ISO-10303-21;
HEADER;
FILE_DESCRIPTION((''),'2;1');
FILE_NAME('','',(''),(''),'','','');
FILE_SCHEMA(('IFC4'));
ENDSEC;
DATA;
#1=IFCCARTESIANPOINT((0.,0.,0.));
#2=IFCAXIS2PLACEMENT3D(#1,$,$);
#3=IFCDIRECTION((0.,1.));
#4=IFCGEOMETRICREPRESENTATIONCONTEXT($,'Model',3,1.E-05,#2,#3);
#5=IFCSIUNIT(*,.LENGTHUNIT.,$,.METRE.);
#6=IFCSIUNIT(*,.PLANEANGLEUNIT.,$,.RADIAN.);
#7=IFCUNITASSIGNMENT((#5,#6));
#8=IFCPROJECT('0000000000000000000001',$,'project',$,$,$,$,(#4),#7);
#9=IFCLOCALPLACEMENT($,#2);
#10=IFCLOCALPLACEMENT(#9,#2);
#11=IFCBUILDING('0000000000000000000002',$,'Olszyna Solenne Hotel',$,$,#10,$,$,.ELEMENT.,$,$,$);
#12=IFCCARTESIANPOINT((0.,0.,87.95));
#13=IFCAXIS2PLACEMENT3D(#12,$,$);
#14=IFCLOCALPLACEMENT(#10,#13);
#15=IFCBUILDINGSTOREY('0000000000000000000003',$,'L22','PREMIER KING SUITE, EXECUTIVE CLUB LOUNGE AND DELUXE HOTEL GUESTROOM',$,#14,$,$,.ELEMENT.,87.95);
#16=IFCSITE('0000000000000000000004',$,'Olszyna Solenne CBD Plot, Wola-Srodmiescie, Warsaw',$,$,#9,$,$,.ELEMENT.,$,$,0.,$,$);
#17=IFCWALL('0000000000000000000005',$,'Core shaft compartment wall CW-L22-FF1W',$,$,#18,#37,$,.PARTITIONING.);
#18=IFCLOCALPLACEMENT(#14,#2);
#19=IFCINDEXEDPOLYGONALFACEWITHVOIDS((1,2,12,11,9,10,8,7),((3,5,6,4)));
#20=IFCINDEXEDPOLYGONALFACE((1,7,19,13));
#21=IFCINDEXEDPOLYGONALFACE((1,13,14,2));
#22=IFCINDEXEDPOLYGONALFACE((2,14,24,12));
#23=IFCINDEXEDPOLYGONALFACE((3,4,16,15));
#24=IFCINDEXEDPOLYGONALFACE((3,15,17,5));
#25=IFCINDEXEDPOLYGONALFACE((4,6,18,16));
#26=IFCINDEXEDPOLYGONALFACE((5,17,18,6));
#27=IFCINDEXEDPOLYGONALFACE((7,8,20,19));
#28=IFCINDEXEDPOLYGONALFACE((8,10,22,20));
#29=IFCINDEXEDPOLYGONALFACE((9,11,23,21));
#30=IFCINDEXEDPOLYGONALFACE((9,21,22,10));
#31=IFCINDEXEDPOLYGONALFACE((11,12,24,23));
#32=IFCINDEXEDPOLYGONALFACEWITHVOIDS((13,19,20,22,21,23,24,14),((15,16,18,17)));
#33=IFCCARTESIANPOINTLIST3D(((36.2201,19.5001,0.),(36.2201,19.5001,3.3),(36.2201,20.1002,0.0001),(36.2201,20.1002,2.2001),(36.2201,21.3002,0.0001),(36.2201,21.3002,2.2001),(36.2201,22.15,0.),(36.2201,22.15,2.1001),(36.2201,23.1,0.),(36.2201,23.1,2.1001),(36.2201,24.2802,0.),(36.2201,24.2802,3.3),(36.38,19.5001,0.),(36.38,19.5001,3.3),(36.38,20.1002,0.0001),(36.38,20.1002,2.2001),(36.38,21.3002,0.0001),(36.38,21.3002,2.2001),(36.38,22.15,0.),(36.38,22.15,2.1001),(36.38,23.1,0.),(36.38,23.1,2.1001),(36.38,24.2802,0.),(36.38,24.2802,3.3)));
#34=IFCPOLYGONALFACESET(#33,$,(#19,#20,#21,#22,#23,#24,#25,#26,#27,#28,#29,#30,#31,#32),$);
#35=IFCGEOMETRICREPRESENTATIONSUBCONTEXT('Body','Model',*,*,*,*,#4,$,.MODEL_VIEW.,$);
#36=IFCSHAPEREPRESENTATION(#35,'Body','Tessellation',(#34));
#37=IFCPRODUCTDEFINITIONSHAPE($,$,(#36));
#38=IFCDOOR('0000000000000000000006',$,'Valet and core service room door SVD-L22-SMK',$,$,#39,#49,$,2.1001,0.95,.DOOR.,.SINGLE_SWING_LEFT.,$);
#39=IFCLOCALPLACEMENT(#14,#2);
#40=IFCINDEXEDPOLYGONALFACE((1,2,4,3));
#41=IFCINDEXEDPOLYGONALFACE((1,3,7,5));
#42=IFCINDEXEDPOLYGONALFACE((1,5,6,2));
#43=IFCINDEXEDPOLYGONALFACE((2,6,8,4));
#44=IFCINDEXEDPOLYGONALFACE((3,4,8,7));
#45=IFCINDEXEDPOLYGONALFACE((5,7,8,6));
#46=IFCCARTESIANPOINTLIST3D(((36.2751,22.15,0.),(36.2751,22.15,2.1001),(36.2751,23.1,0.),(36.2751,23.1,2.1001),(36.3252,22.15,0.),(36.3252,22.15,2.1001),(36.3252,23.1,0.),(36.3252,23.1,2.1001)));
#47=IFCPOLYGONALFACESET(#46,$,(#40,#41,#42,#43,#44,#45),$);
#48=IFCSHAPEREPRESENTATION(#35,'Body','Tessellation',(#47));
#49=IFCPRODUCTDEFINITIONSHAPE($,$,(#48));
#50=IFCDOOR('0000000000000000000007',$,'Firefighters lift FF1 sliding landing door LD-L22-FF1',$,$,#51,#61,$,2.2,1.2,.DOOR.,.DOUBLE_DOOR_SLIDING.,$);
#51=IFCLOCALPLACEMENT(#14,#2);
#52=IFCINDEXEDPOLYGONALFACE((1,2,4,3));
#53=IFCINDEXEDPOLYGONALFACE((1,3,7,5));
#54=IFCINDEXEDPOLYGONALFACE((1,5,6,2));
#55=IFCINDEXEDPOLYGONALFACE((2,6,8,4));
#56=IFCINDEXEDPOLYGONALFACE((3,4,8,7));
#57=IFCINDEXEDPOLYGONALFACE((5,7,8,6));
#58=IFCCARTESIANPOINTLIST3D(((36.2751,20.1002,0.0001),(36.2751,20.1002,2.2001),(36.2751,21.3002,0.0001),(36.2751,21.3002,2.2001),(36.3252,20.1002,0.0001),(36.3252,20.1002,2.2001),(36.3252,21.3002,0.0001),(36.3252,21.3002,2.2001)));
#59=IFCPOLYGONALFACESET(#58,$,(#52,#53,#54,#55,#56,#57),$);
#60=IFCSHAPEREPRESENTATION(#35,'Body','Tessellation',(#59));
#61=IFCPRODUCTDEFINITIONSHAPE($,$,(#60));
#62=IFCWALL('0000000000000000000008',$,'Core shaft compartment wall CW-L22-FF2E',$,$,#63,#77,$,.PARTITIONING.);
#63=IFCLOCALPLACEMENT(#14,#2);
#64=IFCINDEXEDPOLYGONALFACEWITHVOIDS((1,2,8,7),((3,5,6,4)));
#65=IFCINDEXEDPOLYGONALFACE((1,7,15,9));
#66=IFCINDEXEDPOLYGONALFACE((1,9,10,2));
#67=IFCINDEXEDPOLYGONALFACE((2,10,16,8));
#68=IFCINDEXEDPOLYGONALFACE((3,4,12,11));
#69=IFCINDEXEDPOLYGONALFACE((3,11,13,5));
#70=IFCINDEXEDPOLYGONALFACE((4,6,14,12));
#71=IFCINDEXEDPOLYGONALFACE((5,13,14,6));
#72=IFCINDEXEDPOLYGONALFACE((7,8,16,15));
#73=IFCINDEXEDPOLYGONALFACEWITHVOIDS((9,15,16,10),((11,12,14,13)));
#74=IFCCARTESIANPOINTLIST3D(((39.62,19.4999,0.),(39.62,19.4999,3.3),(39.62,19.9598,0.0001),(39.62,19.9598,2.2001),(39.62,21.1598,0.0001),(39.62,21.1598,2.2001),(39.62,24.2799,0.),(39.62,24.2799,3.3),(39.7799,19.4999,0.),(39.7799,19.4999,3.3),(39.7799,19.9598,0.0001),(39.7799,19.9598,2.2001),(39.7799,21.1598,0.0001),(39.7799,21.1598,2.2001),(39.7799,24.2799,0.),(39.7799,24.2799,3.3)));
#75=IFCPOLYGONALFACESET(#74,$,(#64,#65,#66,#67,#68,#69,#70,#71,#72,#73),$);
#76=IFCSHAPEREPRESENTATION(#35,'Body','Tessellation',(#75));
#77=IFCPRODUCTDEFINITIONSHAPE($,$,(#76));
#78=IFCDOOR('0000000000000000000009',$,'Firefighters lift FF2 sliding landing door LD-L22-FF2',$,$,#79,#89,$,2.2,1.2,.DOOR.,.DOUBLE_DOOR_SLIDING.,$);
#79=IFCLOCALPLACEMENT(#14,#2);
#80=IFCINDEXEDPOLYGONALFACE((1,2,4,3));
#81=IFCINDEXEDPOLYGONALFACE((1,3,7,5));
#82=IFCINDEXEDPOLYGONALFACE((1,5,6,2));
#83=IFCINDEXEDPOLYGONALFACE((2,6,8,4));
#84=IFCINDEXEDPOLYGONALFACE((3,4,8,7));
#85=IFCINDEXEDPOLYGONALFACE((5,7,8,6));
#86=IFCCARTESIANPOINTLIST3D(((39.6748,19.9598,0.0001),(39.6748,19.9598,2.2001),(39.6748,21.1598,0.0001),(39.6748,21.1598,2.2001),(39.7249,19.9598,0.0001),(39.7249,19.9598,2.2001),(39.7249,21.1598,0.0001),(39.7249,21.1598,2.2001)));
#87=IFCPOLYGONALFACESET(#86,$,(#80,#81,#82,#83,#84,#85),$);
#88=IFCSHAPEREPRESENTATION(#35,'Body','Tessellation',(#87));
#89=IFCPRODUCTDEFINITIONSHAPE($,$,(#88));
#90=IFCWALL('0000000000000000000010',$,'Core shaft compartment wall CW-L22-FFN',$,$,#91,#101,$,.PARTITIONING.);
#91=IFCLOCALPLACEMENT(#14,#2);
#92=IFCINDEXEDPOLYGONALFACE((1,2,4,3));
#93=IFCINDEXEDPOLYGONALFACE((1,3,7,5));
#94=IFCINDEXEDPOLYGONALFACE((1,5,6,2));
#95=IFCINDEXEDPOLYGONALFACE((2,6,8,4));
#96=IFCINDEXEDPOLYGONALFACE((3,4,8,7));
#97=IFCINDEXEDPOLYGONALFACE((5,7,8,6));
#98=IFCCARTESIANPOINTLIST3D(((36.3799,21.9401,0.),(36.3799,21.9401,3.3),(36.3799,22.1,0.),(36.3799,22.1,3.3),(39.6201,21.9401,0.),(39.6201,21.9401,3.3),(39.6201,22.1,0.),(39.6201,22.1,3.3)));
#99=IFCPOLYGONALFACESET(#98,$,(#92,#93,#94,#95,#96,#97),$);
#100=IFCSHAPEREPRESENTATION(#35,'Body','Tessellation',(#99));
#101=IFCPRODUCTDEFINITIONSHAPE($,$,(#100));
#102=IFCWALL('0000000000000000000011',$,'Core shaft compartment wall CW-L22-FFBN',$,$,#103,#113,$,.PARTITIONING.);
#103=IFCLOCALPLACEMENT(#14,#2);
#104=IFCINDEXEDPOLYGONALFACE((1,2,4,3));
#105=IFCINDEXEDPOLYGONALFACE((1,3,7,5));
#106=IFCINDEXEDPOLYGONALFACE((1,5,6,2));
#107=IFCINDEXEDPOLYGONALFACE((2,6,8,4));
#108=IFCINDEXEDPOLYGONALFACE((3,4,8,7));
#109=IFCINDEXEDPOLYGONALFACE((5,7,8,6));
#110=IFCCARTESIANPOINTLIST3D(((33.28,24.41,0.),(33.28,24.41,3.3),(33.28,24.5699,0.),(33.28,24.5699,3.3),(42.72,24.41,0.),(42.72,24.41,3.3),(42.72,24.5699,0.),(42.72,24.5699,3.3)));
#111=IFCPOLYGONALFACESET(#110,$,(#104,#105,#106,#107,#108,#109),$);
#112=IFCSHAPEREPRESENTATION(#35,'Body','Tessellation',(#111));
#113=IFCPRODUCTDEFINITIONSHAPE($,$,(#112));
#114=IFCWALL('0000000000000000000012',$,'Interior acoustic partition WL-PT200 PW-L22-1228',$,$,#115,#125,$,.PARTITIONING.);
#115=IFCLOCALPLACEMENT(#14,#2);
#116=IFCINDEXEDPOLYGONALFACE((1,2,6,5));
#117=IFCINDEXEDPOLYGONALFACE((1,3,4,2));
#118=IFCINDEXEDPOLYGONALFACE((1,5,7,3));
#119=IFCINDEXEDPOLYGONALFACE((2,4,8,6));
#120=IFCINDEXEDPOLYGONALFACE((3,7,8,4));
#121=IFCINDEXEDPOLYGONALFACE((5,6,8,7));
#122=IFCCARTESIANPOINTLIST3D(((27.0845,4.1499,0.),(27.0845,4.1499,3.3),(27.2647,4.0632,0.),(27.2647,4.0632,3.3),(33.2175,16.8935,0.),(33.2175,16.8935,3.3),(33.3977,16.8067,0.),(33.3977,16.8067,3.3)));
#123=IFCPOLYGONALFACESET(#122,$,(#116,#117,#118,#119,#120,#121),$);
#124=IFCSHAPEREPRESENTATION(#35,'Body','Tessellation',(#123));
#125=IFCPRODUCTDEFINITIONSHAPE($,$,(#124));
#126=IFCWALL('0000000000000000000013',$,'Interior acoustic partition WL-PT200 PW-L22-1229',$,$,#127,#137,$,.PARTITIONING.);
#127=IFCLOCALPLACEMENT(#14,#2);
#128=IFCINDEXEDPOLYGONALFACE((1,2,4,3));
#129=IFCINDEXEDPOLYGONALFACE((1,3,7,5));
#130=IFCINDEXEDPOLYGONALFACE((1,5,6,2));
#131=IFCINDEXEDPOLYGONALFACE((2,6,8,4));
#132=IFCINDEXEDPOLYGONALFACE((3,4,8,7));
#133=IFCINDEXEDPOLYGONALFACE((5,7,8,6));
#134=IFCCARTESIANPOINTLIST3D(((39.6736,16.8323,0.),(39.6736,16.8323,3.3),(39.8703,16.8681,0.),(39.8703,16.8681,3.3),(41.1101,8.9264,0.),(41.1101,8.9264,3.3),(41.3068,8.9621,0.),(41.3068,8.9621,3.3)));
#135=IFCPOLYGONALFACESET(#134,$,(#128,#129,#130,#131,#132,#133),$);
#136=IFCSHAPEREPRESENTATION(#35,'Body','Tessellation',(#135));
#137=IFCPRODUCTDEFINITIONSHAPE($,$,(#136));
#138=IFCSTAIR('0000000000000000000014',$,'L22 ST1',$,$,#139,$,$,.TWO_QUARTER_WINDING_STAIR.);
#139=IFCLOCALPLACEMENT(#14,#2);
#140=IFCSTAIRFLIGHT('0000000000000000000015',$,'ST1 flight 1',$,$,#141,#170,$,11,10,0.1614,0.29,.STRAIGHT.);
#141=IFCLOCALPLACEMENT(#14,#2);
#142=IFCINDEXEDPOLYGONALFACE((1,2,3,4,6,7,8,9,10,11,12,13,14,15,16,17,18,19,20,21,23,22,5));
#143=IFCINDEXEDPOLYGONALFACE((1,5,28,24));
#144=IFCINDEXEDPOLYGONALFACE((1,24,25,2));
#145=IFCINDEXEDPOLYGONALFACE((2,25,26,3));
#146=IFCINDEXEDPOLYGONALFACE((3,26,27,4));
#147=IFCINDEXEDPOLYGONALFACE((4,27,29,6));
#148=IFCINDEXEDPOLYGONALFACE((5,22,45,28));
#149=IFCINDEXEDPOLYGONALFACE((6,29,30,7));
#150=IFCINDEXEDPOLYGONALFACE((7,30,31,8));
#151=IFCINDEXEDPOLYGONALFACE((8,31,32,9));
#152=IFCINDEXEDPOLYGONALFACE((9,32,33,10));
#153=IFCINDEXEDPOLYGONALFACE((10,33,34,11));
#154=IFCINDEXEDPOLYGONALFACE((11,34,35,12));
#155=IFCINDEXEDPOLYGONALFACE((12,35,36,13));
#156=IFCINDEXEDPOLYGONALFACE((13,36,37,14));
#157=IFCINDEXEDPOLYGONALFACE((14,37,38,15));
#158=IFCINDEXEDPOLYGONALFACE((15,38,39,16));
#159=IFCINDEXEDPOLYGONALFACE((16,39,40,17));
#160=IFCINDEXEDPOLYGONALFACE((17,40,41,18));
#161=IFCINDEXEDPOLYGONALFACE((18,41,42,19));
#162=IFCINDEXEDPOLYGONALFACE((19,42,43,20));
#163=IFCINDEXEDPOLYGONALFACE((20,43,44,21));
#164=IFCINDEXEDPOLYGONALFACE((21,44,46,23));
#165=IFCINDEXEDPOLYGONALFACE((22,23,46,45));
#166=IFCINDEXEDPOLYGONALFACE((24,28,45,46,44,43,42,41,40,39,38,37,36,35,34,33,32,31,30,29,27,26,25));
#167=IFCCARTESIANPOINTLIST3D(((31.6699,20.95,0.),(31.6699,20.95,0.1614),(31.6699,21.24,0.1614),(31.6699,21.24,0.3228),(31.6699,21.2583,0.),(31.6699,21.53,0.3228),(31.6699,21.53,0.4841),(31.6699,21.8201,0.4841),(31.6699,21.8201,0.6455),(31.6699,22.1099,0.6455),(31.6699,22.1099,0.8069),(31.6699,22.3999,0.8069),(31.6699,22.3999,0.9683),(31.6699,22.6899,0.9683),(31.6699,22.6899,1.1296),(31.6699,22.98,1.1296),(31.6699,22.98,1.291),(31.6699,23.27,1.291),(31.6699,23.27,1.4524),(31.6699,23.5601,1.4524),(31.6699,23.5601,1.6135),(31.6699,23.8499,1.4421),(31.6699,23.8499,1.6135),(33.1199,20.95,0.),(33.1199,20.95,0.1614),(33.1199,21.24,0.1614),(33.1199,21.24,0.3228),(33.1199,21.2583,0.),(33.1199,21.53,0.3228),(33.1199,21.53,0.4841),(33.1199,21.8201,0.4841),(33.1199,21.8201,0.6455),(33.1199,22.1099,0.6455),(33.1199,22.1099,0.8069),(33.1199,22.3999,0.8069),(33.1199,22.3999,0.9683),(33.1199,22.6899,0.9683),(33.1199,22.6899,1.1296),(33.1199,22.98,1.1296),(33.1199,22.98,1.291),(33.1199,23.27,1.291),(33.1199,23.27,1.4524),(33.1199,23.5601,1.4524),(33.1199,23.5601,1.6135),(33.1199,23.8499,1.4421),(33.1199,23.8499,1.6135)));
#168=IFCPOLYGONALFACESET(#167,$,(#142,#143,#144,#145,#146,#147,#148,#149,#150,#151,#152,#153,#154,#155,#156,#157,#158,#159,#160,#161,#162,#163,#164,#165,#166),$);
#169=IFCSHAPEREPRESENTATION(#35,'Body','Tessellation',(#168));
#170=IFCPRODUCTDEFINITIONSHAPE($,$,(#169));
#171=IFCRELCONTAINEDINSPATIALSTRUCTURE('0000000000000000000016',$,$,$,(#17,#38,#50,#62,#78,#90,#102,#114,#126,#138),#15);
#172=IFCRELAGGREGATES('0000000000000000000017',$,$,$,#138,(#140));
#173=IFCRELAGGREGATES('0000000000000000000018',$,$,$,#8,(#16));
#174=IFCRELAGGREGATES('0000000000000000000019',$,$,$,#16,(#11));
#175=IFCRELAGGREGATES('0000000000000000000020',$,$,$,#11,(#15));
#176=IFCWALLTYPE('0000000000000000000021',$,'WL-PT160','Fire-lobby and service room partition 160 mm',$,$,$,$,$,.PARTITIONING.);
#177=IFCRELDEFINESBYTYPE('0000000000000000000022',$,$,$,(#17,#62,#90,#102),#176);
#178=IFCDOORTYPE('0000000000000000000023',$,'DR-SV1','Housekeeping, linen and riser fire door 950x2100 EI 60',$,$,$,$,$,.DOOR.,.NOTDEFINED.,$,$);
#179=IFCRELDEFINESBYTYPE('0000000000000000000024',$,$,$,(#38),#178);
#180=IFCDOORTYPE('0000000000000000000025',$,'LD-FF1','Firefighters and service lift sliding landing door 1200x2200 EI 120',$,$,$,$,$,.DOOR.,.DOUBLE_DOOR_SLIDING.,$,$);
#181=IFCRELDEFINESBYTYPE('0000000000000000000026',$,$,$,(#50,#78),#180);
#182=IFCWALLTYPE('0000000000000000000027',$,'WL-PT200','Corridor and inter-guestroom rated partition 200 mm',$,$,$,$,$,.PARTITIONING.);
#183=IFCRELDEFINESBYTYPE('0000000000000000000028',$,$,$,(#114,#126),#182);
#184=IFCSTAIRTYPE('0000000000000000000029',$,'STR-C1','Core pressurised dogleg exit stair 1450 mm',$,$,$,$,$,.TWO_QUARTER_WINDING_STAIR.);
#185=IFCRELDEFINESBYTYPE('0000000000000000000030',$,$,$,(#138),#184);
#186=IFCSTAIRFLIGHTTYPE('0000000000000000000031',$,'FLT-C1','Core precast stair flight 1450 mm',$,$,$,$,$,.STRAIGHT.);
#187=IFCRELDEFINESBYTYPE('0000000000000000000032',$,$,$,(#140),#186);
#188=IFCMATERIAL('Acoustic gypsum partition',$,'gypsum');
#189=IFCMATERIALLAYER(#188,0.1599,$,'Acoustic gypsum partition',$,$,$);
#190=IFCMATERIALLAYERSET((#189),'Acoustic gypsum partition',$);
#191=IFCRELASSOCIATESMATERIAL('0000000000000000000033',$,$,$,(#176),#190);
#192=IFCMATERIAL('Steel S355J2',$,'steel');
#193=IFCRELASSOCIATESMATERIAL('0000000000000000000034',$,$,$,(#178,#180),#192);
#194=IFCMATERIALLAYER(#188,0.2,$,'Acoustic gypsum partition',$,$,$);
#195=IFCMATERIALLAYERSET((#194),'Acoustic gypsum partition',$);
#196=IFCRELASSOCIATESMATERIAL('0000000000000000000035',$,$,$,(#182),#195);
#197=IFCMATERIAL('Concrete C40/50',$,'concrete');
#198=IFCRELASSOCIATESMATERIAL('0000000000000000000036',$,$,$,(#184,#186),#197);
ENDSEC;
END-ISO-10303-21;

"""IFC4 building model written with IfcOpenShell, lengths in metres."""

from ifc_helpers import new_model, si_unit, direction, frame, frame_2d, origin, place, context, subcontext, project, spatial, polyline, rectangle, outline, extrude, source, transform, mapped, material, layer, layer_set, type_object, type_shapes, element, fill, aggregate, save


model = new_model("IFC4")

# Units and contexts
model_context = context("Model", 3, precision=1e-05, world=origin(), true_north=direction((0.0, 1.0)))
body_context = subcontext(model_context, "Body", "Model", "MODEL_VIEW")
ifc_project = project(units=[si_unit("LENGTHUNIT", "METRE"), si_unit("PLANEANGLEUNIT", "RADIAN")], contexts=[model_context])

# Site, building, storey
site_placement = place(None, origin())
site = spatial("IfcSite", under=ifc_project, at=site_placement, Name="Olszyna Solenne CBD Plot, Wola-Srodmiescie, Warsaw", CompositionType="ELEMENT", RefElevation=0.0)
building_placement = place(site_placement, origin())
building = spatial("IfcBuilding", under=site, at=building_placement, Name="Olszyna Solenne Hotel", CompositionType="ELEMENT")
storey_placement = place(building_placement, frame((0.0, 0.0, 87.95)))
storey = spatial("IfcBuildingStorey", under=building, at=storey_placement, Name="L22", Description="PREMIER KING SUITE, EXECUTIVE CLUB LOUNGE AND DELUXE HOTEL GUESTROOM", CompositionType="ELEMENT", Elevation=87.95)

# Shared definitions
ifc_material_1 = material(Name="Steel S355J2", Category="steel")

# Shared definitions
ifc_material_2 = material(Name="Acoustic gypsum partition", Category="gypsum")

# Shared definitions
ifc_layer_1 = layer(ifc_material_2, 0.1599, Name="Acoustic gypsum partition")
ifc_layer_set_1 = layer_set([ifc_layer_1], Name="Acoustic gypsum partition")
wall_type_1 = type_object("IfcWallType", Name="WL-PT160", Description="Fire-lobby and service room partition 160 mm", PredefinedType="PARTITIONING", material=ifc_layer_set_1)

# Wall, openings, doors
wall_1_placement = place(storey_placement, frame((36.3, 19.5, 0.0), z_axis=(0.0, 0.0, 1.0), x_axis=(0.0, 1.0, 0.0)))
wall_1 = element("IfcWall", 1, at=wall_1_placement, inside=storey, type_object=wall_type_1, Name="Core shaft compartment wall CW-L22-FF1W", PredefinedType="PARTITIONING", context=body_context, shape_type="SweptSolid", body=[
    extrude(rectangle(XDim=4.78, YDim=0.1599, at=frame_2d((2.3901, 0.0))), origin(), (0.0, 0.0, 1.0), 3.3),
])
opening_1_placement = place(wall_1_placement, frame((0.6001, 0.0, 0.0)))
opening_1 = element("IfcOpeningElement", 2, at=opening_1_placement, cuts=wall_1, PredefinedType="OPENING", context=body_context, shape_type="SweptSolid", body=[
    extrude(rectangle(XDim=1.2, YDim=2.2, at=frame_2d((0.6001, 1.1001))), frame((0.0, 0.0898, 0.0), z_axis=(0.0, -1.0, 0.0), x_axis=(1.0, 0.0, 0.0)), (0.0, 0.0, 1.0), 0.1799),
])
opening_2_placement = place(wall_1_placement, frame((2.6499, 0.0, 0.0)))
opening_2 = element("IfcOpeningElement", 3, at=opening_2_placement, cuts=wall_1, PredefinedType="OPENING", context=body_context, shape_type="SweptSolid", body=[
    extrude(rectangle(XDim=0.95, YDim=2.1001, at=frame_2d((0.4751, 1.05))), frame((0.0, 0.0898, 0.0), z_axis=(0.0, -1.0, 0.0), x_axis=(1.0, 0.0, 0.0)), (0.0, 0.0, 1.0), 0.1799),
])
door_type_1 = type_object("IfcDoorType", Name="DR-SV1", Description="Housekeeping, linen and riser fire door 950x2100 EI 60", OperationType="NOTDEFINED", PredefinedType="DOOR", material=ifc_material_1)
shared_shape_1 = source(origin(), body_context, "Body", "SweptSolid", [
    extrude(rectangle(XDim=0.95, YDim=2.1001, at=frame_2d((0.4751, 1.05))), frame((0.0, 0.0249, 0.0), z_axis=(0.0, -1.0, 0.0), x_axis=(1.0, 0.0, 0.0)), (0.0, 0.0, 1.0), 0.05),
])
type_shapes(door_type_1, [shared_shape_1])
door_1_placement = place(opening_2_placement, origin())
door_1 = element("IfcDoor", 4, at=door_1_placement, inside=storey, type_object=door_type_1, Name="Valet and core service room door SVD-L22-SMK", OperationType="SINGLE_SWING_LEFT", OverallHeight=2.1001, OverallWidth=0.95, PredefinedType="DOOR", context=body_context, shape_type="MappedRepresentation", body=[
    mapped(shared_shape_1, transform((0.0, 0.0, 0.0), x_axis=(1.0, 0.0, 0.0), y_axis=(0.0, 1.0, 0.0), z_axis=(0.0, 0.0, 1.0), scale=1.0)),
])
fill(opening_2, door_1)
door_type_2 = type_object("IfcDoorType", Name="LD-FF1", Description="Firefighters and service lift sliding landing door 1200x2200 EI 120", OperationType="DOUBLE_DOOR_SLIDING", PredefinedType="DOOR", material=ifc_material_1)
shared_shape_2 = source(origin(), body_context, "Body", "SweptSolid", [
    extrude(rectangle(XDim=1.2, YDim=2.2, at=frame_2d((0.6001, 1.1001))), frame((0.0, 0.0249, 0.0), z_axis=(0.0, -1.0, 0.0), x_axis=(1.0, 0.0, 0.0)), (0.0, 0.0, 1.0), 0.05),
])
type_shapes(door_type_2, [shared_shape_2])
door_2_placement = place(opening_1_placement, origin())
door_2 = element("IfcDoor", 5, at=door_2_placement, inside=storey, type_object=door_type_2, Name="Firefighters lift FF1 sliding landing door LD-L22-FF1", OperationType="DOUBLE_DOOR_SLIDING", OverallHeight=2.2, OverallWidth=1.2, PredefinedType="DOOR", context=body_context, shape_type="MappedRepresentation", body=[
    mapped(shared_shape_2, transform((0.0, 0.0, 0.0), x_axis=(1.0, 0.0, 0.0), y_axis=(0.0, 1.0, 0.0), z_axis=(0.0, 0.0, 1.0), scale=1.0)),
])
fill(opening_1, door_2)

# Wall, opening, door
wall_2_placement = place(storey_placement, frame((39.7, 24.28, 0.0), z_axis=(0.0, 0.0, 1.0), x_axis=(0.0, -1.0, 0.0)))
wall_2 = element("IfcWall", 6, at=wall_2_placement, inside=storey, type_object=wall_type_1, Name="Core shaft compartment wall CW-L22-FF2E", PredefinedType="PARTITIONING", context=body_context, shape_type="SweptSolid", body=[
    extrude(rectangle(XDim=4.78, YDim=0.1599, at=frame_2d((2.3901, 0.0))), origin(), (0.0, 0.0, 1.0), 3.3),
])
opening_3_placement = place(wall_2_placement, frame((3.1201, 0.0, 0.0)))
opening_3 = element("IfcOpeningElement", 7, at=opening_3_placement, cuts=wall_2, PredefinedType="OPENING", context=body_context, shape_type="SweptSolid", body=[
    extrude(rectangle(XDim=1.2, YDim=2.2, at=frame_2d((0.6001, 1.1001))), frame((0.0, 0.0898, 0.0), z_axis=(0.0, -1.0, 0.0), x_axis=(1.0, 0.0, 0.0)), (0.0, 0.0, 1.0), 0.1799),
])
door_3_placement = place(opening_3_placement, origin())
door_3 = element("IfcDoor", 8, at=door_3_placement, inside=storey, type_object=door_type_2, Name="Firefighters lift FF2 sliding landing door LD-L22-FF2", OperationType="DOUBLE_DOOR_SLIDING", OverallHeight=2.2, OverallWidth=1.2, PredefinedType="DOOR", context=body_context, shape_type="MappedRepresentation", body=[
    mapped(shared_shape_2, transform((0.0, 0.0, 0.0), x_axis=(1.0, 0.0, 0.0), y_axis=(0.0, 1.0, 0.0), z_axis=(0.0, 0.0, 1.0), scale=1.0)),
])
fill(opening_3, door_3)

# Walls
wall_3_placement = place(storey_placement, frame((36.3799, 22.02, 0.0), z_axis=(0.0, 0.0, 1.0), x_axis=(1.0, 0.0, 0.0)))
element("IfcWall", 9, at=wall_3_placement, inside=storey, type_object=wall_type_1, Name="Core shaft compartment wall CW-L22-FFN", PredefinedType="PARTITIONING", context=body_context, shape_type="SweptSolid", body=[
    extrude(rectangle(XDim=3.2402, YDim=0.1599, at=frame_2d((1.6201, 0.0))), origin(), (0.0, 0.0, 1.0), 3.3),
])
wall_4_placement = place(storey_placement, frame((33.28, 24.49, 0.0), z_axis=(0.0, 0.0, 1.0), x_axis=(1.0, 0.0, 0.0)))
element("IfcWall", 10, at=wall_4_placement, inside=storey, type_object=wall_type_1, Name="Core shaft compartment wall CW-L22-FFBN", PredefinedType="PARTITIONING", context=body_context, shape_type="SweptSolid", body=[
    extrude(rectangle(XDim=9.4399, YDim=0.1599, at=frame_2d((4.72, 0.0))), origin(), (0.0, 0.0, 1.0), 3.3),
])
ifc_layer_2 = layer(ifc_material_2, 0.2, Name="Acoustic gypsum partition")
ifc_layer_set_2 = layer_set([ifc_layer_2], Name="Acoustic gypsum partition")
wall_type_2 = type_object("IfcWallType", Name="WL-PT200", Description="Corridor and inter-guestroom rated partition 200 mm", PredefinedType="PARTITIONING", material=ifc_layer_set_2)
wall_5_placement = place(storey_placement, frame((33.3076, 16.8501, 0.0), z_axis=(0.0, 0.0, 1.0), x_axis=(-0.433656, -0.901078, 0.0)))
element("IfcWall", 11, at=wall_5_placement, inside=storey, type_object=wall_type_2, Name="Interior acoustic partition WL-PT200 PW-L22-1228", PredefinedType="PARTITIONING", context=body_context, shape_type="SweptSolid", body=[
    extrude(rectangle(XDim=14.1426, YDim=0.2, at=frame_2d((7.0713, 0.0))), origin(), (0.0, 0.0, 1.0), 3.3),
])
wall_6_placement = place(storey_placement, frame((39.772, 16.8501, 0.0), z_axis=(0.0, 0.0, 1.0), x_axis=(0.178773, -0.98389, 0.0)))
element("IfcWall", 12, at=wall_6_placement, inside=storey, type_object=wall_type_2, Name="Interior acoustic partition WL-PT200 PW-L22-1229", PredefinedType="PARTITIONING", context=body_context, shape_type="SweptSolid", body=[
    extrude(rectangle(XDim=8.0354, YDim=0.2, at=frame_2d((4.0176, 0.0))), origin(), (0.0, 0.0, 1.0), 3.3),
])

# Stair, stair flight
ifc_material_3 = material(Name="Concrete C40/50", Category="concrete")
stair_type = type_object("IfcStairType", Name="STR-C1", Description="Core pressurised dogleg exit stair 1450 mm", PredefinedType="TWO_QUARTER_WINDING_STAIR", material=ifc_material_3)
stair_placement = place(storey_placement, origin())
stair = element("IfcStair", 13, at=stair_placement, inside=storey, type_object=stair_type, Name="L22 ST1", PredefinedType="TWO_QUARTER_WINDING_STAIR")
stair_flight_type = type_object("IfcStairFlightType", Name="FLT-C1", Description="Core precast stair flight 1450 mm", PredefinedType="STRAIGHT", material=ifc_material_3)
stair_flight_placement = place(storey_placement, frame((32.395, 20.95, 0.0), z_axis=(0.0, 0.0, 1.0), x_axis=(0.0, 1.0, 0.0)))
stair_flight = element("IfcStairFlight", 14, at=stair_flight_placement, type_object=stair_flight_type, Name="ST1 flight 1", NumberOfRisers=11, NumberOfTreads=10, PredefinedType="STRAIGHT", RiserHeight=0.1614, TreadLength=0.29, context=body_context, shape_type="SweptSolid", body=[
    extrude(outline(polyline([(0.0, 0.0), (0.0, 0.1614), (0.29, 0.1614), (0.29, 0.3228), (0.5801, 0.3228), (0.5801, 0.4841), (0.8701, 0.4841), (0.8701, 0.6455), (1.1599, 0.6455), (1.1599, 0.8069), (1.45, 0.8069), (1.45, 0.9683), (1.74, 0.9683), (1.74, 1.1296), (2.03, 1.1296), (2.03, 1.291), (2.3201, 1.291), (2.3201, 1.4524), (2.6101, 1.4524), (2.6101, 1.6135), (2.8999, 1.6135), (2.8999, 1.7749), (2.8999, 1.4421), (0.3083, 0.0), (0.0, 0.0)])), frame((0.0, 0.7251, 0.0), z_axis=(0.0, -1.0, 0.0), x_axis=(1.0, 0.0, 0.0)), (0.0, 0.0, 1.0), 1.45),
])
aggregate(stair, [stair_flight])

save(model, "model.ifc")
